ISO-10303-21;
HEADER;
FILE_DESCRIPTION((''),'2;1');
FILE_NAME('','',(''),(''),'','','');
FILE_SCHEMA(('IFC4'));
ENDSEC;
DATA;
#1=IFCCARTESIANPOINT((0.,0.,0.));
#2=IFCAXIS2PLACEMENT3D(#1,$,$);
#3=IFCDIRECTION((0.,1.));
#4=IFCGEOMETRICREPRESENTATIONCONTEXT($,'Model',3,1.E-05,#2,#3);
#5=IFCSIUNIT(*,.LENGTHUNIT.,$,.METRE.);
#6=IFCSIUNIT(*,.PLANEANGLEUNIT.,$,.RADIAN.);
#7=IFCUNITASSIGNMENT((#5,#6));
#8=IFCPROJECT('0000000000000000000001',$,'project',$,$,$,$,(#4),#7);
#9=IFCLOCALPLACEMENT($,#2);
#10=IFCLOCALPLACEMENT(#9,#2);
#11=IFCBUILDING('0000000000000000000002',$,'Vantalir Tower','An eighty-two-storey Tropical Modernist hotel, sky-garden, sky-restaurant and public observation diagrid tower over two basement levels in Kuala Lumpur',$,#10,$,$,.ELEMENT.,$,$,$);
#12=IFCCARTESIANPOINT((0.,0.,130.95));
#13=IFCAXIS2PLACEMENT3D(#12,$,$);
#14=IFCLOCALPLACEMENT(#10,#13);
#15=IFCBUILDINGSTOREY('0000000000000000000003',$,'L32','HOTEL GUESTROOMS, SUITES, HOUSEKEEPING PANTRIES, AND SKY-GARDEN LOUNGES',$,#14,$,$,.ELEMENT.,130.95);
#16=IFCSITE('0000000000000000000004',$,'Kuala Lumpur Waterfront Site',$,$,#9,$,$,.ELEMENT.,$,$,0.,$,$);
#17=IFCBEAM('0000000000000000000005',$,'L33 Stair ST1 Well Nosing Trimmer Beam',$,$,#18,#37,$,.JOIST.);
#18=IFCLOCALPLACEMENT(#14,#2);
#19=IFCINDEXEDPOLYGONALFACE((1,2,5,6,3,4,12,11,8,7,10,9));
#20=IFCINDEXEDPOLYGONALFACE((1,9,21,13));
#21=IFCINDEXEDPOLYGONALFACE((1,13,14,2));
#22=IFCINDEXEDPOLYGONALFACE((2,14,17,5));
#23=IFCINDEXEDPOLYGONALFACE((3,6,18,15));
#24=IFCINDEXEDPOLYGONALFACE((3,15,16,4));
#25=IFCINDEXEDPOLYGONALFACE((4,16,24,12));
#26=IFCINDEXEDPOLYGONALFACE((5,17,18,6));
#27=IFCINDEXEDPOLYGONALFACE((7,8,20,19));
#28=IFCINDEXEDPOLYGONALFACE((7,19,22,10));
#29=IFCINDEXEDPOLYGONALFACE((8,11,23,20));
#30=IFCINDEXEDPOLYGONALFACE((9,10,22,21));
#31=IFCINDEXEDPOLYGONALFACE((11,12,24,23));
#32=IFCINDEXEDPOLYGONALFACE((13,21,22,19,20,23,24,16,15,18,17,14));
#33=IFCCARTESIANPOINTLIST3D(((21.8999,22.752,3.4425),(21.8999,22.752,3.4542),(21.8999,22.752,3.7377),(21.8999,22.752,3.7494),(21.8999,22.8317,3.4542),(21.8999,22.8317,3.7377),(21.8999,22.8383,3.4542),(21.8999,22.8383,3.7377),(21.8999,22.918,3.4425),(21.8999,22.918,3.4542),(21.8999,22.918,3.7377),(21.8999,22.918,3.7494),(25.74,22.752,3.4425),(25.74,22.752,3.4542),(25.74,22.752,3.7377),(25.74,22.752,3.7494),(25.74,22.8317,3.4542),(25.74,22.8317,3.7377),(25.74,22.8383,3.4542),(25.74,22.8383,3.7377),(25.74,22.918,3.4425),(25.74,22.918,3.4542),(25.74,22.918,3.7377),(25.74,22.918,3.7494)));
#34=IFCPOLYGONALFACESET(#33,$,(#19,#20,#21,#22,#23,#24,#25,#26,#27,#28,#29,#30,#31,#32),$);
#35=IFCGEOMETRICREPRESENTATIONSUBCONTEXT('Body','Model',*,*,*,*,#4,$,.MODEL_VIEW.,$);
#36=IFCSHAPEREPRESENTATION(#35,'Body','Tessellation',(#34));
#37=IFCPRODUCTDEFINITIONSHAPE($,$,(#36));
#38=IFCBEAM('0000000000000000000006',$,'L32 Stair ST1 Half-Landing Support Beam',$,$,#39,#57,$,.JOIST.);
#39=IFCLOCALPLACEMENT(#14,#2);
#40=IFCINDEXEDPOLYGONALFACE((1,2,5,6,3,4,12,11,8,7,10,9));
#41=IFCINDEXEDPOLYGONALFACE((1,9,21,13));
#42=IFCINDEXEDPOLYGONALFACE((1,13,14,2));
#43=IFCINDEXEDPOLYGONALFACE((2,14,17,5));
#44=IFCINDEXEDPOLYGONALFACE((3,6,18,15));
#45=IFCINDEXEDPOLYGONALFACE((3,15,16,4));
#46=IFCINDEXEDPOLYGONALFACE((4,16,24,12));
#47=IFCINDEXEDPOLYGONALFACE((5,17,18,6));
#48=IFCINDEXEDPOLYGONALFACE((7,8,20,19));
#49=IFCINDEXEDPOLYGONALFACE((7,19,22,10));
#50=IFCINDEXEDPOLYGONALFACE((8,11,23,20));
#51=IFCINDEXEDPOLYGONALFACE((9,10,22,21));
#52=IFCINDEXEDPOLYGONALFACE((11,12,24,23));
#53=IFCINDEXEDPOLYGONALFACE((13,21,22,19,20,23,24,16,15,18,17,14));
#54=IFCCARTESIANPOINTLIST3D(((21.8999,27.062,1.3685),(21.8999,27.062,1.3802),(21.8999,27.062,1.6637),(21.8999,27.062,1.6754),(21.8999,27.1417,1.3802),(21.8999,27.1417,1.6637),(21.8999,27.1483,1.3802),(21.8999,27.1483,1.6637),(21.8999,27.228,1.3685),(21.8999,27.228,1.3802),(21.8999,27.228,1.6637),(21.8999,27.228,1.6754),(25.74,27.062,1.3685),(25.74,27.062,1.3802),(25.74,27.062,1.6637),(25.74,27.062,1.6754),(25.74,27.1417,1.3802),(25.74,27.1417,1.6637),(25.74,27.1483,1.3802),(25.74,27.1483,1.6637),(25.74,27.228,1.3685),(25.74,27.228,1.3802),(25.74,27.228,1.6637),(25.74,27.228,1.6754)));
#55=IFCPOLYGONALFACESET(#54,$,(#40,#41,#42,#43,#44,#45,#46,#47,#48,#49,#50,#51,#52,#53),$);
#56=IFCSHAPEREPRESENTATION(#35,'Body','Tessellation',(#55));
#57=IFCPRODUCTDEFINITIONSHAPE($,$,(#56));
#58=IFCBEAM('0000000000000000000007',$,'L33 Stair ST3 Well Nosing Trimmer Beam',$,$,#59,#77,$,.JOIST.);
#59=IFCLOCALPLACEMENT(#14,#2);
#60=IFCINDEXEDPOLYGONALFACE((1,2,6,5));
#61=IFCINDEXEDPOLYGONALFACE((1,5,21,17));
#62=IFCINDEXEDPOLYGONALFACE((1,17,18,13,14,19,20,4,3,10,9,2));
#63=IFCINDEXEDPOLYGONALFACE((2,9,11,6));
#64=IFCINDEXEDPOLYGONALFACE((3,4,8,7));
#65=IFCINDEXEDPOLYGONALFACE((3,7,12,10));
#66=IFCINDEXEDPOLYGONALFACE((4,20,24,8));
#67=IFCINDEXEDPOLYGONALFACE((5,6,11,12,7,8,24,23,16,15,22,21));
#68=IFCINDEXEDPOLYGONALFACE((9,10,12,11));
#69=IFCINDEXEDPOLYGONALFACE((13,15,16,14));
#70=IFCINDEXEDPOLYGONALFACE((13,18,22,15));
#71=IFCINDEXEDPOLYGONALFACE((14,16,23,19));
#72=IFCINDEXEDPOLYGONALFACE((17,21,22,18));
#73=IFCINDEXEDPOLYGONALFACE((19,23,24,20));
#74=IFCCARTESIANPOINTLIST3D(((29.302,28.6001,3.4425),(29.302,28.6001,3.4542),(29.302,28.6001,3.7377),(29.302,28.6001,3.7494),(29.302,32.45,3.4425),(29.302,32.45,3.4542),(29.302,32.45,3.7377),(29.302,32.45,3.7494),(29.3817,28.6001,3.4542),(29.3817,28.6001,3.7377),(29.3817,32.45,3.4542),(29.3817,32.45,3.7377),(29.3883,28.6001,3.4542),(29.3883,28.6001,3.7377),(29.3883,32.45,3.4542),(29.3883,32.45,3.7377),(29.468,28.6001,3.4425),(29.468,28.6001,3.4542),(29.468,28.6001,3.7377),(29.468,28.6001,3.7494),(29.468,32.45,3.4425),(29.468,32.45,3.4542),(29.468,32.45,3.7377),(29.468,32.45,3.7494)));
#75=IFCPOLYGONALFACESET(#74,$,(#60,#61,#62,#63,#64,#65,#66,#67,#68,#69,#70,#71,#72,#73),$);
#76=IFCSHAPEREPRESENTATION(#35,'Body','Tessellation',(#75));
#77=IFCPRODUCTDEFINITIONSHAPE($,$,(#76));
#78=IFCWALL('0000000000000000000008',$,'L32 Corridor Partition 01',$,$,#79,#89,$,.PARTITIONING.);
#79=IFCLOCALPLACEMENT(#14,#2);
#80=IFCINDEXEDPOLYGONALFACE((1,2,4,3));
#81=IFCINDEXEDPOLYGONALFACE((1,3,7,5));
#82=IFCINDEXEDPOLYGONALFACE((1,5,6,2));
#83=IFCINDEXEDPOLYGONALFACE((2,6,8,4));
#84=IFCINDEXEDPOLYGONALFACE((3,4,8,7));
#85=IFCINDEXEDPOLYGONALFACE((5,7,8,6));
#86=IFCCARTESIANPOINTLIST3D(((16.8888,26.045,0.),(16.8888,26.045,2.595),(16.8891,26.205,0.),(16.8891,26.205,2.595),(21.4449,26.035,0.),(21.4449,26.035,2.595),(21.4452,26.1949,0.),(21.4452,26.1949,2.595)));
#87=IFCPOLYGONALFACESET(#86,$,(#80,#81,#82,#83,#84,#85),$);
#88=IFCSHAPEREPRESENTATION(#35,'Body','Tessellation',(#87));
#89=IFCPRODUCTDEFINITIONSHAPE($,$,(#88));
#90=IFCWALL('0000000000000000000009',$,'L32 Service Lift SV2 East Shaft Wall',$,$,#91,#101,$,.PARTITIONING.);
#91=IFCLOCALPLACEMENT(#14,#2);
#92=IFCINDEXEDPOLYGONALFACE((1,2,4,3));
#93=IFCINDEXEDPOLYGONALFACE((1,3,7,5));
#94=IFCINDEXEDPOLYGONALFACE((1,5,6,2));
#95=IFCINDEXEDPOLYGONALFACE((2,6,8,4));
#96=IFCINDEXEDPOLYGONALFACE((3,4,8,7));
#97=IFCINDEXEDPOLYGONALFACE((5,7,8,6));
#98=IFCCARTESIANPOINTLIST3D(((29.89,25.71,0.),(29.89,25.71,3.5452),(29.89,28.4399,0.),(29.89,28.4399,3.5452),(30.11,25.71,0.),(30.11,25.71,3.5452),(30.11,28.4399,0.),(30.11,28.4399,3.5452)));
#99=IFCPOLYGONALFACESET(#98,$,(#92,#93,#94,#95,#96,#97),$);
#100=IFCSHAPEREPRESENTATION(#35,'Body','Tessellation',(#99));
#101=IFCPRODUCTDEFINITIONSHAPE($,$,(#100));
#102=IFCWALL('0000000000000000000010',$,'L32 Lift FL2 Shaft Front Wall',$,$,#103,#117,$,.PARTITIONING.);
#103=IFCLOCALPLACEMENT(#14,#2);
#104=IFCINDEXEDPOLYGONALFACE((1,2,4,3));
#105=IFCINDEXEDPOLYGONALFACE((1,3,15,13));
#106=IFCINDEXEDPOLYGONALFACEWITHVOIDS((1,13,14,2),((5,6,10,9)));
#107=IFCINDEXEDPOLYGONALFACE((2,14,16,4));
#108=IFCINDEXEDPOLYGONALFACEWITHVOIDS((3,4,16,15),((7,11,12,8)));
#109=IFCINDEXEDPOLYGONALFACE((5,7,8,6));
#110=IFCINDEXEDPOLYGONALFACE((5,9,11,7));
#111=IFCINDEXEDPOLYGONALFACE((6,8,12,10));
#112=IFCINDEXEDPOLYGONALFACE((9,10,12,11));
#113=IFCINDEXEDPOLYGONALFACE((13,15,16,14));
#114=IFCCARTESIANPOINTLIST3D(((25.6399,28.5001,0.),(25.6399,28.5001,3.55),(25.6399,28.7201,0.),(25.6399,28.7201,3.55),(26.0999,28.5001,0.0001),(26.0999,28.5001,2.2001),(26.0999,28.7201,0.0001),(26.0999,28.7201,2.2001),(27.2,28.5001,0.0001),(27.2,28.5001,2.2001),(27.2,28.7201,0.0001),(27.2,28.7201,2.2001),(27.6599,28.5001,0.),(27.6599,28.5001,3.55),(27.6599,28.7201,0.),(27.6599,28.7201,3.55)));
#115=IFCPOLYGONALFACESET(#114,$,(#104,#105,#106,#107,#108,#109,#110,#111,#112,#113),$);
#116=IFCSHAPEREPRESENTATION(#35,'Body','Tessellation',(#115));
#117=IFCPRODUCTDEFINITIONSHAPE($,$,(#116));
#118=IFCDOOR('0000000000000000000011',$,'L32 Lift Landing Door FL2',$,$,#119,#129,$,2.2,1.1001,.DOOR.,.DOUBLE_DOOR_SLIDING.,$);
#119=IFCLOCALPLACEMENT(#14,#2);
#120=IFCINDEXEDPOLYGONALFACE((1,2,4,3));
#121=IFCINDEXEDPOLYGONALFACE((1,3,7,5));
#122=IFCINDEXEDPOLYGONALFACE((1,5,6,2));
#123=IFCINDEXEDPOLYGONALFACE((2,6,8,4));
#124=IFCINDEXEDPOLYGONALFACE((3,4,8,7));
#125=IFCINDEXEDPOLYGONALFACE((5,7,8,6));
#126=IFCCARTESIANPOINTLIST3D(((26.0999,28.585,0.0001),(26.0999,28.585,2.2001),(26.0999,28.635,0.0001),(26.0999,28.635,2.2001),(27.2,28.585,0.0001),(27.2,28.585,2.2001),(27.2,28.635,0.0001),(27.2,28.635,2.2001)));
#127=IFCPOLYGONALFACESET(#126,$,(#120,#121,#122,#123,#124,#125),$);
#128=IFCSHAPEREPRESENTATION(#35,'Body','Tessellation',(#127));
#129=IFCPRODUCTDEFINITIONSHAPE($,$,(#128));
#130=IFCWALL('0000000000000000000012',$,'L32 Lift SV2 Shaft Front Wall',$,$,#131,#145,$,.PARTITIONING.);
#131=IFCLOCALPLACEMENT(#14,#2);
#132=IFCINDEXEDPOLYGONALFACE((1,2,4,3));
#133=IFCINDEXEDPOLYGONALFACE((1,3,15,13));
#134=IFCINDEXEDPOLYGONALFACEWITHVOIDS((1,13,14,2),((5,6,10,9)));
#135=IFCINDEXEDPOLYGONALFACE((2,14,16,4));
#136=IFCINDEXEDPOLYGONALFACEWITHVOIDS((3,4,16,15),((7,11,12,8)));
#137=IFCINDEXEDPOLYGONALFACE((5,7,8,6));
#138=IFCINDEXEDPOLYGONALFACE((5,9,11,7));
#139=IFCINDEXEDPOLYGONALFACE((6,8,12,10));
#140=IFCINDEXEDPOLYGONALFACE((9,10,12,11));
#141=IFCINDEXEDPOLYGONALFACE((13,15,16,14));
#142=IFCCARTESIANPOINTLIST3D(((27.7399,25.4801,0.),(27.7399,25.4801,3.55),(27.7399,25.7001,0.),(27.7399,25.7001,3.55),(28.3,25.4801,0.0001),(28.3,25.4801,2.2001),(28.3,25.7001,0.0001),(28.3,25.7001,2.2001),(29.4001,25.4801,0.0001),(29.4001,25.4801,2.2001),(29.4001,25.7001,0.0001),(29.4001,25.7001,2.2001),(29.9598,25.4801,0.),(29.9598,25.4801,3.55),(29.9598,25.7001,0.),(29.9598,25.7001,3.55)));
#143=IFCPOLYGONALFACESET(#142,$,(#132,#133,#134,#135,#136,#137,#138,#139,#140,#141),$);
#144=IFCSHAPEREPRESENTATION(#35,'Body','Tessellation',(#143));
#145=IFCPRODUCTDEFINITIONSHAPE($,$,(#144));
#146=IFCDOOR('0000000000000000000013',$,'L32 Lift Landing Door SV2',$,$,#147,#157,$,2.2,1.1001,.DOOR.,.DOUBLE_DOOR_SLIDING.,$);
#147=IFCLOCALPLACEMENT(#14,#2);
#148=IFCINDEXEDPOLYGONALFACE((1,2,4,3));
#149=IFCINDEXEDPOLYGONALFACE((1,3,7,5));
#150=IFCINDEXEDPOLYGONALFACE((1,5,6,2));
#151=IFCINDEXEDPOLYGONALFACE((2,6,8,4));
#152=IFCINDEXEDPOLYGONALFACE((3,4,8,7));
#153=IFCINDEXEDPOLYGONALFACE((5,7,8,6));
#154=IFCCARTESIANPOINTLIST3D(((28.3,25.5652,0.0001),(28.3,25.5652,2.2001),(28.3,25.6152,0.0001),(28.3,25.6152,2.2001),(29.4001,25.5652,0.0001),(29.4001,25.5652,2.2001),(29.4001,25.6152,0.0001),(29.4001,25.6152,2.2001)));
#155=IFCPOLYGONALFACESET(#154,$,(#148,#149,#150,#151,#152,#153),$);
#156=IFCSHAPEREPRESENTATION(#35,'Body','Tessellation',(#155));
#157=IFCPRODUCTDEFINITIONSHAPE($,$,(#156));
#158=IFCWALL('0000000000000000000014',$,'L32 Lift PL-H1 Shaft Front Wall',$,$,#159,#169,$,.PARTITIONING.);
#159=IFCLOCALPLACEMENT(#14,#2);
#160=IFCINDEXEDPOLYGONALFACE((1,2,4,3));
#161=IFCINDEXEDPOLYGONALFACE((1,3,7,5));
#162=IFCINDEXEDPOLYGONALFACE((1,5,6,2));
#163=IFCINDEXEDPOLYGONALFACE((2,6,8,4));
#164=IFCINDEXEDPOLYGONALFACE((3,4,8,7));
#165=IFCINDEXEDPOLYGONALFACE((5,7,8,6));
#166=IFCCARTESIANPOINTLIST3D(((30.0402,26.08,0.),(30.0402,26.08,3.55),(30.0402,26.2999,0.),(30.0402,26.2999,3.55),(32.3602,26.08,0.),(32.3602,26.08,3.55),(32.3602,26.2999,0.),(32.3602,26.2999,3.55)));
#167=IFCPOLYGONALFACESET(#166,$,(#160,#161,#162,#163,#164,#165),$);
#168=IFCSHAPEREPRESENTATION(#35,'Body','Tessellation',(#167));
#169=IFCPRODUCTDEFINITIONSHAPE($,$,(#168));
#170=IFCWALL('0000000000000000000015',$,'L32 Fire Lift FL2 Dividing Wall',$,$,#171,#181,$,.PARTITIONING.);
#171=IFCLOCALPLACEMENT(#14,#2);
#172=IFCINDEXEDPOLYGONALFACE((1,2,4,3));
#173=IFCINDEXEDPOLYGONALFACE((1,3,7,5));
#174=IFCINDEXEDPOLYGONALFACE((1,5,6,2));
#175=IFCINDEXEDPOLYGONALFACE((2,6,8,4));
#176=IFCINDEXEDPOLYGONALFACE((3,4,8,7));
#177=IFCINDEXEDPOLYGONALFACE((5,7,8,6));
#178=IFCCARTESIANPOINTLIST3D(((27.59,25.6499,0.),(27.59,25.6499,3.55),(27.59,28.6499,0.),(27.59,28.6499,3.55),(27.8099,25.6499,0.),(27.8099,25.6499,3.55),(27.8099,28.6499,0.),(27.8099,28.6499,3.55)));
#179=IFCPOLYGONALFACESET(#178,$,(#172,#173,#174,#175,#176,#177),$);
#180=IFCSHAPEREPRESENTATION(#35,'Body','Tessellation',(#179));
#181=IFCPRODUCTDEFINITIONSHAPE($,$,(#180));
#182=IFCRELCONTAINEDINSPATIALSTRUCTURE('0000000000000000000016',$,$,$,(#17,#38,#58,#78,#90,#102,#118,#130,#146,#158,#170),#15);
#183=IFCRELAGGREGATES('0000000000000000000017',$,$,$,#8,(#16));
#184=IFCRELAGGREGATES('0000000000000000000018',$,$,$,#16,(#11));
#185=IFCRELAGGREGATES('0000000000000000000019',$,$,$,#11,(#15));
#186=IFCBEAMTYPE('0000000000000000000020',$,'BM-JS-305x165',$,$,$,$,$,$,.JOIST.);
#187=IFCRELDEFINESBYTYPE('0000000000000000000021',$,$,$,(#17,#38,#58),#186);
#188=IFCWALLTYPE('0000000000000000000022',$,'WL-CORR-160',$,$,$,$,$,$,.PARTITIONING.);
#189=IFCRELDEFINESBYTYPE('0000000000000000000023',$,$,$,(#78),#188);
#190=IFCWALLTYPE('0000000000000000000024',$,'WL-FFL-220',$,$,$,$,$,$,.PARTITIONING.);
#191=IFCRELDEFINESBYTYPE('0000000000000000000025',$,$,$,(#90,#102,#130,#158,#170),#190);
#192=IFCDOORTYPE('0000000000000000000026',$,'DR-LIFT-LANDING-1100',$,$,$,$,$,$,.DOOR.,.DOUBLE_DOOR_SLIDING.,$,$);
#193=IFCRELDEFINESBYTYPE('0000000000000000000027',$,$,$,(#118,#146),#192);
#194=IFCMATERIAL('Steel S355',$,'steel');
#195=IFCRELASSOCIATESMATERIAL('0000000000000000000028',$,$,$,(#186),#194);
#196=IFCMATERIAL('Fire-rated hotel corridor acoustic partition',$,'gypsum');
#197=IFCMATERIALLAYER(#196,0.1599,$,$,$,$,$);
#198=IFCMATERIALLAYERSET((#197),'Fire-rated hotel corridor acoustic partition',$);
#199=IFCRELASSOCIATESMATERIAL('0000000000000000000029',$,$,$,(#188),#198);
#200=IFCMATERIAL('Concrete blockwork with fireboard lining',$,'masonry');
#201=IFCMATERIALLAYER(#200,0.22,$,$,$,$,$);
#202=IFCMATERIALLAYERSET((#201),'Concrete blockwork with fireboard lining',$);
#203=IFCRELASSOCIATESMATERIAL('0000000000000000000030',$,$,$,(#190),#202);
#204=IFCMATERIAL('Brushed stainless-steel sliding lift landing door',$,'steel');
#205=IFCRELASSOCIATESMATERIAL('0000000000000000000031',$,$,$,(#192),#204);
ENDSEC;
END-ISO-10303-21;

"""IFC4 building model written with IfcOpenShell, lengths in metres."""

from ifc_helpers import new_model, si_unit, direction, frame, frame_2d, origin, origin_2d, place, context, subcontext, project, spatial, rectangle, i_section, extrude, material, layer, layer_set, material_profile, profile_set, type_object, element, fill, save


model = new_model("IFC4")

# Units and contexts
model_context = context("Model", 3, precision=1e-05, world=origin(), true_north=direction((0.0, 1.0)))
body_context = subcontext(model_context, "Body", "Model", "MODEL_VIEW")
ifc_project = project(units=[si_unit("LENGTHUNIT", "METRE"), si_unit("PLANEANGLEUNIT", "RADIAN")], contexts=[model_context])

# Site, building, storey
site_placement = place(None, origin())
site = spatial("IfcSite", under=ifc_project, at=site_placement, Name="Kuala Lumpur Waterfront Site", CompositionType="ELEMENT", RefElevation=0.0)
building_placement = place(site_placement, origin())
building = spatial("IfcBuilding", under=site, at=building_placement, Name="Vantalir Tower", Description="An eighty-two-storey Tropical Modernist hotel, sky-garden, sky-restaurant and public observation diagrid tower over two basement levels in Kuala Lumpur", CompositionType="ELEMENT")
storey_placement = place(building_placement, frame((0.0, 0.0, 130.95)))
storey = spatial("IfcBuildingStorey", under=building, at=storey_placement, Name="L32", Description="HOTEL GUESTROOMS, SUITES, HOUSEKEEPING PANTRIES, AND SKY-GARDEN LOUNGES", CompositionType="ELEMENT", Elevation=130.95)

# Beams
ifc_material_1 = material(Name="Steel S355", Category="steel")
ifc_material_profile = material_profile(ifc_material_1, i_section(OverallWidth=0.166, OverallDepth=0.3069, WebThickness=0.0066, FlangeThickness=0.0117, at=origin_2d()), Name="Steel S355")
ifc_profile_set = profile_set([ifc_material_profile], Name="Steel S355")
beam_type = type_object("IfcBeamType", Name="BM-JS-305x165", PredefinedType="JOIST", material=ifc_profile_set)
for number, where, z_axis, x_axis, name in (
    (1, (21.8999, 22.835, 3.5959), (1.0, 0.0, 0.0), (0.0, 1.0, 0.0), "L33 Stair ST1 Well Nosing Trimmer Beam"),
    (2, (21.8999, 27.145, 1.522), (1.0, 0.0, 0.0), (0.0, 1.0, 0.0), "L32 Stair ST1 Half-Landing Support Beam"),
):
    element("IfcBeam", number, at=place(storey_placement, frame(where, z_axis=z_axis, x_axis=x_axis)), inside=storey, type_object=beam_type, Name=name, PredefinedType="JOIST", context=body_context, shape_type="SweptSolid", body=[
        extrude(i_section(OverallWidth=0.166, OverallDepth=0.3069, WebThickness=0.0066, FlangeThickness=0.0117, at=origin_2d()), origin(), (0.0, 0.0, 1.0), 3.8401),
    ])
beam_placement = place(storey_placement, frame((29.385, 28.6001, 3.5959), z_axis=(0.0, 1.0, 0.0), x_axis=(-1.0, 0.0, 0.0)))
element("IfcBeam", 3, at=beam_placement, inside=storey, type_object=beam_type, Name="L33 Stair ST3 Well Nosing Trimmer Beam", PredefinedType="JOIST", context=body_context, shape_type="SweptSolid", body=[
    extrude(i_section(OverallWidth=0.166, OverallDepth=0.3069, WebThickness=0.0066, FlangeThickness=0.0117, at=origin_2d()), origin(), (0.0, 0.0, 1.0), 3.8499),
])

# Walls
ifc_material_2 = material(Name="Fire-rated hotel corridor acoustic partition", Category="gypsum")
ifc_layer_1 = layer(ifc_material_2, 0.1599)
ifc_layer_set_1 = layer_set([ifc_layer_1], Name="Fire-rated hotel corridor acoustic partition")
wall_type_1 = type_object("IfcWallType", Name="WL-CORR-160", PredefinedType="PARTITIONING", material=ifc_layer_set_1)
wall_1_placement = place(storey_placement, frame((21.4451, 26.115, 0.0), z_axis=(0.0, 0.0, 1.0), x_axis=(-0.999998, 0.002197, 0.0)))
element("IfcWall", 4, at=wall_1_placement, inside=storey, type_object=wall_type_1, Name="L32 Corridor Partition 01", PredefinedType="PARTITIONING", context=body_context, shape_type="SweptSolid", body=[
    extrude(rectangle(XDim=4.5562, YDim=0.1599, at=frame_2d((2.2781, 0.0))), origin(), (0.0, 0.0, 1.0), 2.595),
])
ifc_material_3 = material(Name="Concrete blockwork with fireboard lining", Category="masonry")
ifc_layer_2 = layer(ifc_material_3, 0.22)
ifc_layer_set_2 = layer_set([ifc_layer_2], Name="Concrete blockwork with fireboard lining")
wall_type_2 = type_object("IfcWallType", Name="WL-FFL-220", PredefinedType="PARTITIONING", material=ifc_layer_set_2)
wall_2_placement = place(storey_placement, frame((30.0, 25.71, 0.0), z_axis=(0.0, 0.0, 1.0), x_axis=(0.0, 1.0, 0.0)))
element("IfcWall", 5, at=wall_2_placement, inside=storey, type_object=wall_type_2, Name="L32 Service Lift SV2 East Shaft Wall", PredefinedType="PARTITIONING", context=body_context, shape_type="SweptSolid", body=[
    extrude(rectangle(XDim=2.73, YDim=0.22, at=frame_2d((1.365, 0.0))), origin(), (0.0, 0.0, 1.0), 3.5452),
])

# Walls, openings, doors
wall_3_placement = place(storey_placement, frame((25.6399, 28.6101, 0.0), z_axis=(0.0, 0.0, 1.0), x_axis=(1.0, 0.0, 0.0)))
wall_3 = element("IfcWall", 6, at=wall_3_placement, inside=storey, type_object=wall_type_2, Name="L32 Lift FL2 Shaft Front Wall", PredefinedType="PARTITIONING", context=body_context, shape_type="SweptSolid", body=[
    extrude(rectangle(XDim=2.02, YDim=0.22, at=frame_2d((1.01, 0.0))), origin(), (0.0, 0.0, 1.0), 3.55),
])
opening_1_placement = place(wall_3_placement, frame((0.46, 0.0, 0.0)))
opening_1 = element("IfcOpeningElement", 7, at=opening_1_placement, cuts=wall_3, PredefinedType="OPENING", context=body_context, shape_type="SweptSolid", body=[
    extrude(rectangle(XDim=1.1001, YDim=2.2, at=frame_2d((0.55, 1.1001))), frame((0.0, 0.1199, 0.0), z_axis=(0.0, -1.0, 0.0), x_axis=(1.0, 0.0, 0.0)), (0.0, 0.0, 1.0), 0.24),
])
ifc_material_4 = material(Name="Brushed stainless-steel sliding lift landing door", Category="steel")
door_type_1 = type_object("IfcDoorType", Name="DR-LIFT-LANDING-1100", OperationType="DOUBLE_DOOR_SLIDING", PredefinedType="DOOR", material=ifc_material_4)
door_1_placement = place(opening_1_placement, origin())
door_1 = element("IfcDoor", 8, at=door_1_placement, inside=storey, type_object=door_type_1, Name="L32 Lift Landing Door FL2", OperationType="DOUBLE_DOOR_SLIDING", OverallHeight=2.2, OverallWidth=1.1001, PredefinedType="DOOR", context=body_context, shape_type="SweptSolid", body=[
    extrude(rectangle(XDim=1.1001, YDim=2.2, at=frame_2d((0.55, 1.1001))), frame((0.0, 0.0249, 0.0), z_axis=(0.0, -1.0, 0.0), x_axis=(1.0, 0.0, 0.0)), (0.0, 0.0, 1.0), 0.05),
])
fill(opening_1, door_1)
wall_4_placement = place(storey_placement, frame((27.74, 25.5901, 0.0), z_axis=(0.0, 0.0, 1.0), x_axis=(1.0, 0.0, 0.0)))
wall_4 = element("IfcWall", 9, at=wall_4_placement, inside=storey, type_object=wall_type_2, Name="L32 Lift SV2 Shaft Front Wall", PredefinedType="PARTITIONING", context=body_context, shape_type="SweptSolid", body=[
    extrude(rectangle(XDim=2.22, YDim=0.22, at=frame_2d((1.1099, 0.0))), origin(), (0.0, 0.0, 1.0), 3.55),
])
opening_2_placement = place(wall_4_placement, frame((0.5601, 0.0, 0.0)))
opening_2 = element("IfcOpeningElement", 10, at=opening_2_placement, cuts=wall_4, PredefinedType="OPENING", context=body_context, shape_type="SweptSolid", body=[
    extrude(rectangle(XDim=1.1001, YDim=2.2, at=frame_2d((0.55, 1.1001))), frame((0.0, 0.1199, 0.0), z_axis=(0.0, -1.0, 0.0), x_axis=(1.0, 0.0, 0.0)), (0.0, 0.0, 1.0), 0.24),
])
door_2_placement = place(opening_2_placement, frame((1.1001, 0.0, 0.0), z_axis=(0.0, 0.0, 1.0), x_axis=(-1.0, 0.0, 0.0)))
door_2 = element("IfcDoor", 11, at=door_2_placement, inside=storey, type_object=door_type_1, Name="L32 Lift Landing Door SV2", OperationType="DOUBLE_DOOR_SLIDING", OverallHeight=2.2, OverallWidth=1.1001, PredefinedType="DOOR", context=body_context, shape_type="SweptSolid", body=[
    extrude(rectangle(XDim=1.1001, YDim=2.2, at=frame_2d((0.55, 1.1001))), frame((0.0, 0.0249, 0.0), z_axis=(0.0, -1.0, 0.0), x_axis=(1.0, 0.0, 0.0)), (0.0, 0.0, 1.0), 0.05),
])
fill(opening_2, door_2)

# Walls
wall_5_placement = place(storey_placement, frame((30.04, 26.1899, 0.0), z_axis=(0.0, 0.0, 1.0), x_axis=(1.0, 0.0, 0.0)))
element("IfcWall", 12, at=wall_5_placement, inside=storey, type_object=wall_type_2, Name="L32 Lift PL-H1 Shaft Front Wall", PredefinedType="PARTITIONING", context=body_context, shape_type="SweptSolid", body=[
    extrude(rectangle(XDim=2.3201, YDim=0.22, at=frame_2d((1.1602, 0.0))), origin(), (0.0, 0.0, 1.0), 3.55),
])
wall_6_placement = place(storey_placement, frame((27.7, 25.6499, 0.0), z_axis=(0.0, 0.0, 1.0), x_axis=(0.0, 1.0, 0.0)))
element("IfcWall", 13, at=wall_6_placement, inside=storey, type_object=wall_type_2, Name="L32 Fire Lift FL2 Dividing Wall", PredefinedType="PARTITIONING", context=body_context, shape_type="SweptSolid", body=[
    extrude(rectangle(XDim=3.0, YDim=0.22, at=frame_2d((1.5, 0.0))), origin(), (0.0, 0.0, 1.0), 3.55),
])

save(model, "model.ifc")
